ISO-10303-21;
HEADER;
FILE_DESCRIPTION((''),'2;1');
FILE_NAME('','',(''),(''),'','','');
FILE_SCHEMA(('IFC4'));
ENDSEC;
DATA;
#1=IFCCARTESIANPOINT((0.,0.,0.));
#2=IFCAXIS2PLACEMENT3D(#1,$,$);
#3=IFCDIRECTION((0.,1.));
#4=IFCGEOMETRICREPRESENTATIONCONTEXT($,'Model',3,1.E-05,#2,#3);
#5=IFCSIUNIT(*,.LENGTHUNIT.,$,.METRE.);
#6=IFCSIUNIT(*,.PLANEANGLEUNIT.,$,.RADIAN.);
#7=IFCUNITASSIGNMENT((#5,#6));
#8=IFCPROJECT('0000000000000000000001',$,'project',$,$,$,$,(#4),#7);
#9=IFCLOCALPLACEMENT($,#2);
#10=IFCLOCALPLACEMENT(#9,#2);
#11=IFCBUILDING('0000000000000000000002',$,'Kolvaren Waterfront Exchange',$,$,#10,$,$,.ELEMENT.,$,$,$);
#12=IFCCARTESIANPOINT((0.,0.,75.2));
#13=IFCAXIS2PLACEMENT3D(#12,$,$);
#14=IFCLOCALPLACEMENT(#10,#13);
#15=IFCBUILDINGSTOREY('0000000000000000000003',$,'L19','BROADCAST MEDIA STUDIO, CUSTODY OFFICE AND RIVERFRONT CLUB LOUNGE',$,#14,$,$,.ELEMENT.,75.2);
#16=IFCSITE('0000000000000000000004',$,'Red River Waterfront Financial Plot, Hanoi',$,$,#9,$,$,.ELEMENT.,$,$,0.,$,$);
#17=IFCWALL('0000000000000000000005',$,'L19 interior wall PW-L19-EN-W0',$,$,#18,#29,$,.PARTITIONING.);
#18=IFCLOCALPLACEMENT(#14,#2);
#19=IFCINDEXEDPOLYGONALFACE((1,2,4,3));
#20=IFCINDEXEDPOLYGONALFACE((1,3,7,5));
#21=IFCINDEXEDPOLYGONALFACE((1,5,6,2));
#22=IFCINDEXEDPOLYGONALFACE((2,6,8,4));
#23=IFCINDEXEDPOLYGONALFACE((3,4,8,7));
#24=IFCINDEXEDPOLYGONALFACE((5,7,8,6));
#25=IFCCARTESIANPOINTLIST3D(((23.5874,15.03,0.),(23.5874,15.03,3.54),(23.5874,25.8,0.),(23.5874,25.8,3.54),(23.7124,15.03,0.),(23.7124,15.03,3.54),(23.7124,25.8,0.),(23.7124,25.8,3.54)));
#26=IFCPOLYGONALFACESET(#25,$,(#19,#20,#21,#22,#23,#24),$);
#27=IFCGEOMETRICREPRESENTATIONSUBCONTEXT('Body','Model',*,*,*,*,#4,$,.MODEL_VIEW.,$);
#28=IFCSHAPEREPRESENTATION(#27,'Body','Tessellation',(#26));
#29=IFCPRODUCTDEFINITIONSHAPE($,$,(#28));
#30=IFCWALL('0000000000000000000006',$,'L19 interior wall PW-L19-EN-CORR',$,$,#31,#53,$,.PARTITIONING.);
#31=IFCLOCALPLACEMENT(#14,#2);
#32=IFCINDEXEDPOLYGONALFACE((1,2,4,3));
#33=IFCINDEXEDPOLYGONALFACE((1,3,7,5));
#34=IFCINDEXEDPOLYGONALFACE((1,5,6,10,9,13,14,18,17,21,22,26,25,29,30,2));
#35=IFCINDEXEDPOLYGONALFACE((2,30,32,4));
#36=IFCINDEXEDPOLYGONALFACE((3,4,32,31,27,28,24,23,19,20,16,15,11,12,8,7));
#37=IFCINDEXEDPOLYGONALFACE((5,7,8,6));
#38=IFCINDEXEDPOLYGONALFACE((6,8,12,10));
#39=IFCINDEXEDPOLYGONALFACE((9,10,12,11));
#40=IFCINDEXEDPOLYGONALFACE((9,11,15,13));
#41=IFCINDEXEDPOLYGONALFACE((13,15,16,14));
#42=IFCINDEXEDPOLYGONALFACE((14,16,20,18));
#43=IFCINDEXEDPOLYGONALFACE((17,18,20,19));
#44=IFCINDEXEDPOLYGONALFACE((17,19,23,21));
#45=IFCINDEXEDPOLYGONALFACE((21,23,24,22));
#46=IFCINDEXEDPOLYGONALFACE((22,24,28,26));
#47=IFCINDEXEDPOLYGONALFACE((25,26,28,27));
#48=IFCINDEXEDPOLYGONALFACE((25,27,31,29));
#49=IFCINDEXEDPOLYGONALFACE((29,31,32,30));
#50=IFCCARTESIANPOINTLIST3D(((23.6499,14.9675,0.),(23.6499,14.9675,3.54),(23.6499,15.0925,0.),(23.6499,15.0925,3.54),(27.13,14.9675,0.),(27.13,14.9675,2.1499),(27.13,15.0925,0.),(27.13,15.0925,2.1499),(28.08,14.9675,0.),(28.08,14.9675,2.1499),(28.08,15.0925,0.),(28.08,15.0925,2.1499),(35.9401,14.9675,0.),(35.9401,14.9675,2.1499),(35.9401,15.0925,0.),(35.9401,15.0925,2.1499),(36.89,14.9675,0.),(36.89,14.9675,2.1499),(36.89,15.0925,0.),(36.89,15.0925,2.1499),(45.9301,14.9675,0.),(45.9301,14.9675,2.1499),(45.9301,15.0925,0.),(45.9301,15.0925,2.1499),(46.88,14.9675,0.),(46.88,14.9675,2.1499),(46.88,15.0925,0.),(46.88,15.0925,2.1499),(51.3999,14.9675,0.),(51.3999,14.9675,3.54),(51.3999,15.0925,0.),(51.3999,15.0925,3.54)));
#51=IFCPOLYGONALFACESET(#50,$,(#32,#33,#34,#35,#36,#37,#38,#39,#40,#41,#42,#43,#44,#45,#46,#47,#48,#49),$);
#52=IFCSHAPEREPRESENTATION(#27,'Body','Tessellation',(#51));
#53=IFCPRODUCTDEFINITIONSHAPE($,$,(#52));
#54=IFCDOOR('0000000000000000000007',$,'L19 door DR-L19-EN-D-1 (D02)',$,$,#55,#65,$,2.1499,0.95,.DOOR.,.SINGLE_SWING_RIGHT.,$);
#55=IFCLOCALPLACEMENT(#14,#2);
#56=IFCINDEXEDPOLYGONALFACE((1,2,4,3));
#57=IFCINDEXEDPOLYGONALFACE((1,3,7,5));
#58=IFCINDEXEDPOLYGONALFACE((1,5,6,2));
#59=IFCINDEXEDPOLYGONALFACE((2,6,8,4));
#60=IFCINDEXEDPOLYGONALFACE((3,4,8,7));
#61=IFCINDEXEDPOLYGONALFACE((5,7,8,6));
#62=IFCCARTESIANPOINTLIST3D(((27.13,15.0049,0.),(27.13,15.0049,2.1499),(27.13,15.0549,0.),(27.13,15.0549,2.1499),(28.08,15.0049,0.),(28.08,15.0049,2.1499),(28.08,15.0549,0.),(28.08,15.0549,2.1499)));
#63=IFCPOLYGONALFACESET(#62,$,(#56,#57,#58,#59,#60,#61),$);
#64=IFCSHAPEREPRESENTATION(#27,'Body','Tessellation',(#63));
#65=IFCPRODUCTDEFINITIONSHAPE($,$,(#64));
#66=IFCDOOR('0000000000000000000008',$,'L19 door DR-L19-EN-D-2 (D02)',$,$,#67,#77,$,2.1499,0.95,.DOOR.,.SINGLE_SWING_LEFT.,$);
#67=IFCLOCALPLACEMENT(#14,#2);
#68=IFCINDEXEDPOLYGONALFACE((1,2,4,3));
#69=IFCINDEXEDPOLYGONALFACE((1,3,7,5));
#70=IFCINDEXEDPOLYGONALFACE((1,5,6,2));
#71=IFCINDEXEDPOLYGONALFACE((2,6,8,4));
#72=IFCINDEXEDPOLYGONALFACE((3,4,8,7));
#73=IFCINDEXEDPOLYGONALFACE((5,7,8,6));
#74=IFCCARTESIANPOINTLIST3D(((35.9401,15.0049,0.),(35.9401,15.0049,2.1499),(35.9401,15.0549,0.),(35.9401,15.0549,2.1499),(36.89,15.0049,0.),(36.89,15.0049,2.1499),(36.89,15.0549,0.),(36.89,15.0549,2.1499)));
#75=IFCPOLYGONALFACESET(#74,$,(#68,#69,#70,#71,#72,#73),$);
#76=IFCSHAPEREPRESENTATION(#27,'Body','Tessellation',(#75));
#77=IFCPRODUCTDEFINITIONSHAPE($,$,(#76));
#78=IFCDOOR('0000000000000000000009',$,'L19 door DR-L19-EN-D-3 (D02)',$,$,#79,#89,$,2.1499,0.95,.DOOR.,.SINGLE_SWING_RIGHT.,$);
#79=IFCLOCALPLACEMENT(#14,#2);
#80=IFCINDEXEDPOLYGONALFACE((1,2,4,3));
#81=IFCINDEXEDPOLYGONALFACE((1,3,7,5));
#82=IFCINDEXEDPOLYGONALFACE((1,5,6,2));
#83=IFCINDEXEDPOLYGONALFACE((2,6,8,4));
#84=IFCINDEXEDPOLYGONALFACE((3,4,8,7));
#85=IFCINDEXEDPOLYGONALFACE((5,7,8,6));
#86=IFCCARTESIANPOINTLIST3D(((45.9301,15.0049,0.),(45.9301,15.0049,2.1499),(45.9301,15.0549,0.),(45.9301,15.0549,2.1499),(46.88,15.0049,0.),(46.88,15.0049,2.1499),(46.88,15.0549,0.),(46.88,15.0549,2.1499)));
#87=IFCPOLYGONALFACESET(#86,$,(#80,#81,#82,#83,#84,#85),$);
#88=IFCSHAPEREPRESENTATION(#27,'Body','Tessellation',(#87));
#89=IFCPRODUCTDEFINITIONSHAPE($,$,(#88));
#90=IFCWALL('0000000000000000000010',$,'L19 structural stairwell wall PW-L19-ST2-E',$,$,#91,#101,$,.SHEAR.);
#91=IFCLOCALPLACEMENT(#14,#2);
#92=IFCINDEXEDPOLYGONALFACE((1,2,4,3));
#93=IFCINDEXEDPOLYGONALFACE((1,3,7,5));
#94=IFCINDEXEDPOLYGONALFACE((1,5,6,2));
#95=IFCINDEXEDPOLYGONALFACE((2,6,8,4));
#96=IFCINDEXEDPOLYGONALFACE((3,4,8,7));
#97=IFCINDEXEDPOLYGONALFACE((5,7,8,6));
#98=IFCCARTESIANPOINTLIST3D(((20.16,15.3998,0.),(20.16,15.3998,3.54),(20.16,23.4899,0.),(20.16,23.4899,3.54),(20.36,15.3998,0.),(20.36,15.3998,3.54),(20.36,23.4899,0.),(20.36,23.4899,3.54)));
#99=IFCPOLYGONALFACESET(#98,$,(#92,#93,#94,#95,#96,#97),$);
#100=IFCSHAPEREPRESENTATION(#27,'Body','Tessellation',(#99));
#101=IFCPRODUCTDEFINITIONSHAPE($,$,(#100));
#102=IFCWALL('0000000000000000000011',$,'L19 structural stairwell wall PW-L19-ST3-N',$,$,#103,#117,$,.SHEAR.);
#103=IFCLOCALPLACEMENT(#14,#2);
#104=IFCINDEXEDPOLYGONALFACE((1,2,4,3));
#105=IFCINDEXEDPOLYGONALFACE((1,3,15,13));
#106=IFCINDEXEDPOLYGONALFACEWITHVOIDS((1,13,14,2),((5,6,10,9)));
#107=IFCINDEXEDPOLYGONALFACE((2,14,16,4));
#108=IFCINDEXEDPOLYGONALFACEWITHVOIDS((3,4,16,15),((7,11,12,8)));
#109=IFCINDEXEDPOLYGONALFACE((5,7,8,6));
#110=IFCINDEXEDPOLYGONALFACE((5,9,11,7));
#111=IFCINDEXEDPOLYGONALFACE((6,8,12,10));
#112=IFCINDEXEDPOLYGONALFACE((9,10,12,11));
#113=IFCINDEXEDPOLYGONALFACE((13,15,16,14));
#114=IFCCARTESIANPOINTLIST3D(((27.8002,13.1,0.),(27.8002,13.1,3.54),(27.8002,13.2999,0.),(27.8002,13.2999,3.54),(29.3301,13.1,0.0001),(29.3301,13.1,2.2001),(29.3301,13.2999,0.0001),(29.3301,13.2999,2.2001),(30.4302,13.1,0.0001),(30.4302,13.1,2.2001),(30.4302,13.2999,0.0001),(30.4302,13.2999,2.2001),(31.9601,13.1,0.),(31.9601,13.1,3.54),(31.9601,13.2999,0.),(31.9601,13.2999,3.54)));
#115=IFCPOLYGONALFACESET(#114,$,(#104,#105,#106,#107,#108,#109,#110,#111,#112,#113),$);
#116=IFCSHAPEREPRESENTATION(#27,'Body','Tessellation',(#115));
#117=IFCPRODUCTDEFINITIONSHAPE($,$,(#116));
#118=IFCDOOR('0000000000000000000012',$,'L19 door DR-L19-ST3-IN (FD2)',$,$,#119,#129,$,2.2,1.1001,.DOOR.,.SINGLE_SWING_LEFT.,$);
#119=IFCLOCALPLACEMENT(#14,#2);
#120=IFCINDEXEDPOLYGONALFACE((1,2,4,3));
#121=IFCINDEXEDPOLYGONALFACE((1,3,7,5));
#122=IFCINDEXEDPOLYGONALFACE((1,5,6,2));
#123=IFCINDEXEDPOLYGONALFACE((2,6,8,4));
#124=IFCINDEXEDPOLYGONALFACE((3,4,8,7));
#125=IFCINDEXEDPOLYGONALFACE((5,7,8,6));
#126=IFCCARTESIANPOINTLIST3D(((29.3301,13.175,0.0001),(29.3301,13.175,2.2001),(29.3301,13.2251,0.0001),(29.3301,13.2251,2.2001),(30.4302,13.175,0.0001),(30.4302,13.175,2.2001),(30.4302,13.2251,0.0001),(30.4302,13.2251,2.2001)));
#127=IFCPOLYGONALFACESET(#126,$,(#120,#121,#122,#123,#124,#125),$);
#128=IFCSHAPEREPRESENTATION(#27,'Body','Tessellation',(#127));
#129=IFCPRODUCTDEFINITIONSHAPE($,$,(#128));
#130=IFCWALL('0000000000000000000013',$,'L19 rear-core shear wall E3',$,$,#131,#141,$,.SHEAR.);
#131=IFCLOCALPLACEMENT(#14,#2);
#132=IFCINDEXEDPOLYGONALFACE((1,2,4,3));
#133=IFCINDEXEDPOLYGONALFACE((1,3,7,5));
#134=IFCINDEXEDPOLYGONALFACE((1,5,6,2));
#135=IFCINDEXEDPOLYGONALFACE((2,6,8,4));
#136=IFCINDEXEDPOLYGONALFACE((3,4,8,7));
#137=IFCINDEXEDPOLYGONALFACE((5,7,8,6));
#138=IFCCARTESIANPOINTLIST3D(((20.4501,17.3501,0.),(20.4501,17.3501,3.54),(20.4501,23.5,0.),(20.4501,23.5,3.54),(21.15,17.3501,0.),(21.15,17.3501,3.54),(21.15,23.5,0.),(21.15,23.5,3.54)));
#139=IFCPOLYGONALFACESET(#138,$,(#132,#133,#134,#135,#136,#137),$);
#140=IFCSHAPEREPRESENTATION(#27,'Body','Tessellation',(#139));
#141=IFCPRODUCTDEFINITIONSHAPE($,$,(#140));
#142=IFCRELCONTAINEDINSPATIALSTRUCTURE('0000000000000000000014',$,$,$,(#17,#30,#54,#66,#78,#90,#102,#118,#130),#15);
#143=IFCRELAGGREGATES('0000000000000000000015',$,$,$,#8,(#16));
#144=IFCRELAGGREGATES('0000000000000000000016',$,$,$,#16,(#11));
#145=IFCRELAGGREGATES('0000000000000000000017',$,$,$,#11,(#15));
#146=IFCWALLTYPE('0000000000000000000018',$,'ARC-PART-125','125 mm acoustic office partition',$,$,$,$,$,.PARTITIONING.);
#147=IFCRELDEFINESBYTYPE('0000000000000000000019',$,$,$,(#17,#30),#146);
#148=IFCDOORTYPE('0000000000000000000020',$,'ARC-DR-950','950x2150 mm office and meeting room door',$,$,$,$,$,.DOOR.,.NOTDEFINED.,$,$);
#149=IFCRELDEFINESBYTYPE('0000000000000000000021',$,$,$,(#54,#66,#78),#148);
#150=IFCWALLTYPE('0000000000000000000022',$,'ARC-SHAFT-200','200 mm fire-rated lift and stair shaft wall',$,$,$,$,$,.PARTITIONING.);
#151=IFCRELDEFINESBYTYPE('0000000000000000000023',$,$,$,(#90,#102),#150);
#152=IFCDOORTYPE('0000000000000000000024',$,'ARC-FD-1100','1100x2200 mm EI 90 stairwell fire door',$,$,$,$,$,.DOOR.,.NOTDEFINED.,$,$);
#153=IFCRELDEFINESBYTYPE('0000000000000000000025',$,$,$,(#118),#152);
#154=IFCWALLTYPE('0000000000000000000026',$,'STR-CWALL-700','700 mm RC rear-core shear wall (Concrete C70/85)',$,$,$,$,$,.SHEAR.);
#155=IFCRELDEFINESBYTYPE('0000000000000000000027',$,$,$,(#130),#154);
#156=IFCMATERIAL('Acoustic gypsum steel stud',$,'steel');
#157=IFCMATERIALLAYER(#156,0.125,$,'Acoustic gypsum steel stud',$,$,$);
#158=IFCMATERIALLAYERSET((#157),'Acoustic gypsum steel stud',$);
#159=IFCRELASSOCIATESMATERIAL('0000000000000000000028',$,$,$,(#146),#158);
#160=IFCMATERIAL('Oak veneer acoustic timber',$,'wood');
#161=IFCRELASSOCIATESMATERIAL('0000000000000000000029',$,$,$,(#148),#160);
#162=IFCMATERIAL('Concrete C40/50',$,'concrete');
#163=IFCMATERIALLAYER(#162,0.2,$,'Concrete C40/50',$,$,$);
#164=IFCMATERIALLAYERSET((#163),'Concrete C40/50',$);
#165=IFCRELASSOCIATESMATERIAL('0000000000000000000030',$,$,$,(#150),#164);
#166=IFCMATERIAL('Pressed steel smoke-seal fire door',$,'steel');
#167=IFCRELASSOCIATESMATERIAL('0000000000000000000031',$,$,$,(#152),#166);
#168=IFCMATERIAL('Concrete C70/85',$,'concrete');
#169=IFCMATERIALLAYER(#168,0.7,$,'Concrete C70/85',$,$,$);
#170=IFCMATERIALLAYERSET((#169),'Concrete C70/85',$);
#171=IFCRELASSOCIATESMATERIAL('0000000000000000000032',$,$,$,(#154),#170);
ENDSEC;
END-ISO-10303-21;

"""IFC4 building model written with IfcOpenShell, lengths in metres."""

from ifc_helpers import new_model, si_unit, direction, frame, frame_2d, origin, place, context, subcontext, project, spatial, rectangle, extrude, material, layer, layer_set, type_object, element, fill, save


model = new_model("IFC4")

# Units and contexts
model_context = context("Model", 3, precision=1e-05, world=origin(), true_north=direction((0.0, 1.0)))
body_context = subcontext(model_context, "Body", "Model", "MODEL_VIEW")
ifc_project = project(units=[si_unit("LENGTHUNIT", "METRE"), si_unit("PLANEANGLEUNIT", "RADIAN")], contexts=[model_context])

# Site, building, storey
site_placement = place(None, origin())
site = spatial("IfcSite", under=ifc_project, at=site_placement, Name="Red River Waterfront Financial Plot, Hanoi", CompositionType="ELEMENT", RefElevation=0.0)
building_placement = place(site_placement, origin())
building = spatial("IfcBuilding", under=site, at=building_placement, Name="Kolvaren Waterfront Exchange", CompositionType="ELEMENT")
storey_placement = place(building_placement, frame((0.0, 0.0, 75.2)))
storey = spatial("IfcBuildingStorey", under=building, at=storey_placement, Name="L19", Description="BROADCAST MEDIA STUDIO, CUSTODY OFFICE AND RIVERFRONT CLUB LOUNGE", CompositionType="ELEMENT", Elevation=75.2)

# Shared definitions
ifc_material_1 = material(Name="Concrete C70/85", Category="concrete")

# Shared definitions
ifc_material_2 = material(Name="Acoustic gypsum steel stud", Category="steel")
ifc_layer_1 = layer(ifc_material_2, 0.125, Name="Acoustic gypsum steel stud")
ifc_layer_set_1 = layer_set([ifc_layer_1], Name="Acoustic gypsum steel stud")
wall_type_1 = type_object("IfcWallType", Name="ARC-PART-125", Description="125 mm acoustic office partition", PredefinedType="PARTITIONING", material=ifc_layer_set_1)
ifc_material_3 = material(Name="Oak veneer acoustic timber", Category="wood")
door_type_1 = type_object("IfcDoorType", Name="ARC-DR-950", Description="950x2150 mm office and meeting room door", OperationType="NOTDEFINED", PredefinedType="DOOR", material=ifc_material_3)

# Wall
wall_1_placement = place(storey_placement, frame((23.6499, 15.03, 0.0), z_axis=(0.0, 0.0, 1.0), x_axis=(0.0, 1.0, 0.0)))
element("IfcWall", 1, at=wall_1_placement, inside=storey, type_object=wall_type_1, Name="L19 interior wall PW-L19-EN-W0", PredefinedType="PARTITIONING", context=body_context, shape_type="SweptSolid", body=[
    extrude(rectangle(XDim=10.77, YDim=0.125, at=frame_2d((5.385, 0.0))), origin(), (0.0, 0.0, 1.0), 3.54),
])

# Wall, openings, doors
wall_2_placement = place(storey_placement, frame((23.6499, 15.03, 0.0), z_axis=(0.0, 0.0, 1.0), x_axis=(1.0, 0.0, 0.0)))
wall_2 = element("IfcWall", 2, at=wall_2_placement, inside=storey, type_object=wall_type_1, Name="L19 interior wall PW-L19-EN-CORR", PredefinedType="PARTITIONING", context=body_context, shape_type="SweptSolid", body=[
    extrude(rectangle(XDim=27.75, YDim=0.125, at=frame_2d((13.875, 0.0))), origin(), (0.0, 0.0, 1.0), 3.54),
])
opening_1_placement = place(wall_2_placement, frame((3.48, 0.0, 0.0)))
opening_1 = element("IfcOpeningElement", 3, at=opening_1_placement, cuts=wall_2, PredefinedType="OPENING", context=body_context, shape_type="SweptSolid", body=[
    extrude(rectangle(XDim=0.95, YDim=2.1499, at=frame_2d((0.4751, 1.075))), frame((0.0, 0.0725, 0.0), z_axis=(0.0, -1.0, 0.0), x_axis=(1.0, 0.0, 0.0)), (0.0, 0.0, 1.0), 0.145),
])
opening_2_placement = place(wall_2_placement, frame((12.29, 0.0, 0.0)))
opening_2 = element("IfcOpeningElement", 4, at=opening_2_placement, cuts=wall_2, PredefinedType="OPENING", context=body_context, shape_type="SweptSolid", body=[
    extrude(rectangle(XDim=0.95, YDim=2.1499, at=frame_2d((0.4751, 1.075))), frame((0.0, 0.0725, 0.0), z_axis=(0.0, -1.0, 0.0), x_axis=(1.0, 0.0, 0.0)), (0.0, 0.0, 1.0), 0.145),
])
opening_3_placement = place(wall_2_placement, frame((22.28, 0.0, 0.0)))
opening_3 = element("IfcOpeningElement", 5, at=opening_3_placement, cuts=wall_2, PredefinedType="OPENING", context=body_context, shape_type="SweptSolid", body=[
    extrude(rectangle(XDim=0.95, YDim=2.1499, at=frame_2d((0.4751, 1.075))), frame((0.0, 0.0725, 0.0), z_axis=(0.0, -1.0, 0.0), x_axis=(1.0, 0.0, 0.0)), (0.0, 0.0, 1.0), 0.145),
])
door_1_placement = place(opening_1_placement, origin())
door_1 = element("IfcDoor", 6, at=door_1_placement, inside=storey, type_object=door_type_1, Name="L19 door DR-L19-EN-D-1 (D02)", OperationType="SINGLE_SWING_RIGHT", OverallHeight=2.1499, OverallWidth=0.95, PredefinedType="DOOR", context=body_context, shape_type="SweptSolid", body=[
    extrude(rectangle(XDim=0.95, YDim=2.1499, at=frame_2d((0.4751, 1.075))), frame((0.0, 0.0249, 0.0), z_axis=(0.0, -1.0, 0.0), x_axis=(1.0, 0.0, 0.0)), (0.0, 0.0, 1.0), 0.05),
])
fill(opening_1, door_1)
door_2_placement = place(opening_2_placement, origin())
door_2 = element("IfcDoor", 7, at=door_2_placement, inside=storey, type_object=door_type_1, Name="L19 door DR-L19-EN-D-2 (D02)", OperationType="SINGLE_SWING_LEFT", OverallHeight=2.1499, OverallWidth=0.95, PredefinedType="DOOR", context=body_context, shape_type="SweptSolid", body=[
    extrude(rectangle(XDim=0.95, YDim=2.1499, at=frame_2d((0.4751, 1.075))), frame((0.0, 0.0249, 0.0), z_axis=(0.0, -1.0, 0.0), x_axis=(1.0, 0.0, 0.0)), (0.0, 0.0, 1.0), 0.05),
])
fill(opening_2, door_2)
door_3_placement = place(opening_3_placement, origin())
door_3 = element("IfcDoor", 8, at=door_3_placement, inside=storey, type_object=door_type_1, Name="L19 door DR-L19-EN-D-3 (D02)", OperationType="SINGLE_SWING_RIGHT", OverallHeight=2.1499, OverallWidth=0.95, PredefinedType="DOOR", context=body_context, shape_type="SweptSolid", body=[
    extrude(rectangle(XDim=0.95, YDim=2.1499, at=frame_2d((0.4751, 1.075))), frame((0.0, 0.0249, 0.0), z_axis=(0.0, -1.0, 0.0), x_axis=(1.0, 0.0, 0.0)), (0.0, 0.0, 1.0), 0.05),
])
fill(opening_3, door_3)

# Wall
ifc_material_4 = material(Name="Concrete C40/50", Category="concrete")
ifc_layer_2 = layer(ifc_material_4, 0.2, Name="Concrete C40/50")
ifc_layer_set_2 = layer_set([ifc_layer_2], Name="Concrete C40/50")
wall_type_2 = type_object("IfcWallType", Name="ARC-SHAFT-200", Description="200 mm fire-rated lift and stair shaft wall", PredefinedType="PARTITIONING", material=ifc_layer_set_2)
wall_3_placement = place(storey_placement, frame((20.26, 15.3999, 0.0), z_axis=(0.0, 0.0, 1.0), x_axis=(0.0, 1.0, 0.0)))
element("IfcWall", 9, at=wall_3_placement, inside=storey, type_object=wall_type_2, Name="L19 structural stairwell wall PW-L19-ST2-E", PredefinedType="SHEAR", context=body_context, shape_type="SweptSolid", body=[
    extrude(rectangle(XDim=8.0901, YDim=0.2, at=frame_2d((4.0449, 0.0))), origin(), (0.0, 0.0, 1.0), 3.54),
])

# Wall, opening, door
wall_4_placement = place(storey_placement, frame((27.8, 13.2, 0.0), z_axis=(0.0, 0.0, 1.0), x_axis=(1.0, 0.0, 0.0)))
wall_4 = element("IfcWall", 10, at=wall_4_placement, inside=storey, type_object=wall_type_2, Name="L19 structural stairwell wall PW-L19-ST3-N", PredefinedType="SHEAR", context=body_context, shape_type="SweptSolid", body=[
    extrude(rectangle(XDim=4.1599, YDim=0.2, at=frame_2d((2.0801, 0.0))), origin(), (0.0, 0.0, 1.0), 3.54),
])
opening_4_placement = place(wall_4_placement, frame((1.53, 0.0, 0.0)))
opening_4 = element("IfcOpeningElement", 11, at=opening_4_placement, cuts=wall_4, PredefinedType="OPENING", context=body_context, shape_type="SweptSolid", body=[
    extrude(rectangle(XDim=1.1001, YDim=2.2, at=frame_2d((0.55, 1.1001))), frame((0.0, 0.1099, 0.0), z_axis=(0.0, -1.0, 0.0), x_axis=(1.0, 0.0, 0.0)), (0.0, 0.0, 1.0), 0.22),
])
ifc_material_5 = material(Name="Pressed steel smoke-seal fire door", Category="steel")
door_type_2 = type_object("IfcDoorType", Name="ARC-FD-1100", Description="1100x2200 mm EI 90 stairwell fire door", OperationType="NOTDEFINED", PredefinedType="DOOR", material=ifc_material_5)
door_4_placement = place(opening_4_placement, frame((1.1001, 0.0, 0.0), z_axis=(0.0, 0.0, 1.0), x_axis=(-1.0, 0.0, 0.0)))
door_4 = element("IfcDoor", 12, at=door_4_placement, inside=storey, type_object=door_type_2, Name="L19 door DR-L19-ST3-IN (FD2)", OperationType="SINGLE_SWING_LEFT", OverallHeight=2.2, OverallWidth=1.1001, PredefinedType="DOOR", context=body_context, shape_type="SweptSolid", body=[
    extrude(rectangle(XDim=1.1001, YDim=2.2, at=frame_2d((0.55, 1.1001))), frame((0.0, 0.0249, 0.0), z_axis=(0.0, -1.0, 0.0), x_axis=(1.0, 0.0, 0.0)), (0.0, 0.0, 1.0), 0.05),
])
fill(opening_4, door_4)

# Wall
ifc_layer_3 = layer(ifc_material_1, 0.7, Name="Concrete C70/85")
ifc_layer_set_3 = layer_set([ifc_layer_3], Name="Concrete C70/85")
wall_type_3 = type_object("IfcWallType", Name="STR-CWALL-700", Description="700 mm RC rear-core shear wall (Concrete C70/85)", PredefinedType="SHEAR", material=ifc_layer_set_3)
wall_5_placement = place(storey_placement, frame((20.8, 17.3501, 0.0), z_axis=(0.0, 0.0, 1.0), x_axis=(0.0, 1.0, 0.0)))
element("IfcWall", 13, at=wall_5_placement, inside=storey, type_object=wall_type_3, Name="L19 rear-core shear wall E3", PredefinedType="SHEAR", context=body_context, shape_type="SweptSolid", body=[
    extrude(rectangle(XDim=6.1499, YDim=0.7, at=frame_2d((3.075, 0.0))), origin(), (0.0, 0.0, 1.0), 3.54),
])

save(model, "model.ifc")
